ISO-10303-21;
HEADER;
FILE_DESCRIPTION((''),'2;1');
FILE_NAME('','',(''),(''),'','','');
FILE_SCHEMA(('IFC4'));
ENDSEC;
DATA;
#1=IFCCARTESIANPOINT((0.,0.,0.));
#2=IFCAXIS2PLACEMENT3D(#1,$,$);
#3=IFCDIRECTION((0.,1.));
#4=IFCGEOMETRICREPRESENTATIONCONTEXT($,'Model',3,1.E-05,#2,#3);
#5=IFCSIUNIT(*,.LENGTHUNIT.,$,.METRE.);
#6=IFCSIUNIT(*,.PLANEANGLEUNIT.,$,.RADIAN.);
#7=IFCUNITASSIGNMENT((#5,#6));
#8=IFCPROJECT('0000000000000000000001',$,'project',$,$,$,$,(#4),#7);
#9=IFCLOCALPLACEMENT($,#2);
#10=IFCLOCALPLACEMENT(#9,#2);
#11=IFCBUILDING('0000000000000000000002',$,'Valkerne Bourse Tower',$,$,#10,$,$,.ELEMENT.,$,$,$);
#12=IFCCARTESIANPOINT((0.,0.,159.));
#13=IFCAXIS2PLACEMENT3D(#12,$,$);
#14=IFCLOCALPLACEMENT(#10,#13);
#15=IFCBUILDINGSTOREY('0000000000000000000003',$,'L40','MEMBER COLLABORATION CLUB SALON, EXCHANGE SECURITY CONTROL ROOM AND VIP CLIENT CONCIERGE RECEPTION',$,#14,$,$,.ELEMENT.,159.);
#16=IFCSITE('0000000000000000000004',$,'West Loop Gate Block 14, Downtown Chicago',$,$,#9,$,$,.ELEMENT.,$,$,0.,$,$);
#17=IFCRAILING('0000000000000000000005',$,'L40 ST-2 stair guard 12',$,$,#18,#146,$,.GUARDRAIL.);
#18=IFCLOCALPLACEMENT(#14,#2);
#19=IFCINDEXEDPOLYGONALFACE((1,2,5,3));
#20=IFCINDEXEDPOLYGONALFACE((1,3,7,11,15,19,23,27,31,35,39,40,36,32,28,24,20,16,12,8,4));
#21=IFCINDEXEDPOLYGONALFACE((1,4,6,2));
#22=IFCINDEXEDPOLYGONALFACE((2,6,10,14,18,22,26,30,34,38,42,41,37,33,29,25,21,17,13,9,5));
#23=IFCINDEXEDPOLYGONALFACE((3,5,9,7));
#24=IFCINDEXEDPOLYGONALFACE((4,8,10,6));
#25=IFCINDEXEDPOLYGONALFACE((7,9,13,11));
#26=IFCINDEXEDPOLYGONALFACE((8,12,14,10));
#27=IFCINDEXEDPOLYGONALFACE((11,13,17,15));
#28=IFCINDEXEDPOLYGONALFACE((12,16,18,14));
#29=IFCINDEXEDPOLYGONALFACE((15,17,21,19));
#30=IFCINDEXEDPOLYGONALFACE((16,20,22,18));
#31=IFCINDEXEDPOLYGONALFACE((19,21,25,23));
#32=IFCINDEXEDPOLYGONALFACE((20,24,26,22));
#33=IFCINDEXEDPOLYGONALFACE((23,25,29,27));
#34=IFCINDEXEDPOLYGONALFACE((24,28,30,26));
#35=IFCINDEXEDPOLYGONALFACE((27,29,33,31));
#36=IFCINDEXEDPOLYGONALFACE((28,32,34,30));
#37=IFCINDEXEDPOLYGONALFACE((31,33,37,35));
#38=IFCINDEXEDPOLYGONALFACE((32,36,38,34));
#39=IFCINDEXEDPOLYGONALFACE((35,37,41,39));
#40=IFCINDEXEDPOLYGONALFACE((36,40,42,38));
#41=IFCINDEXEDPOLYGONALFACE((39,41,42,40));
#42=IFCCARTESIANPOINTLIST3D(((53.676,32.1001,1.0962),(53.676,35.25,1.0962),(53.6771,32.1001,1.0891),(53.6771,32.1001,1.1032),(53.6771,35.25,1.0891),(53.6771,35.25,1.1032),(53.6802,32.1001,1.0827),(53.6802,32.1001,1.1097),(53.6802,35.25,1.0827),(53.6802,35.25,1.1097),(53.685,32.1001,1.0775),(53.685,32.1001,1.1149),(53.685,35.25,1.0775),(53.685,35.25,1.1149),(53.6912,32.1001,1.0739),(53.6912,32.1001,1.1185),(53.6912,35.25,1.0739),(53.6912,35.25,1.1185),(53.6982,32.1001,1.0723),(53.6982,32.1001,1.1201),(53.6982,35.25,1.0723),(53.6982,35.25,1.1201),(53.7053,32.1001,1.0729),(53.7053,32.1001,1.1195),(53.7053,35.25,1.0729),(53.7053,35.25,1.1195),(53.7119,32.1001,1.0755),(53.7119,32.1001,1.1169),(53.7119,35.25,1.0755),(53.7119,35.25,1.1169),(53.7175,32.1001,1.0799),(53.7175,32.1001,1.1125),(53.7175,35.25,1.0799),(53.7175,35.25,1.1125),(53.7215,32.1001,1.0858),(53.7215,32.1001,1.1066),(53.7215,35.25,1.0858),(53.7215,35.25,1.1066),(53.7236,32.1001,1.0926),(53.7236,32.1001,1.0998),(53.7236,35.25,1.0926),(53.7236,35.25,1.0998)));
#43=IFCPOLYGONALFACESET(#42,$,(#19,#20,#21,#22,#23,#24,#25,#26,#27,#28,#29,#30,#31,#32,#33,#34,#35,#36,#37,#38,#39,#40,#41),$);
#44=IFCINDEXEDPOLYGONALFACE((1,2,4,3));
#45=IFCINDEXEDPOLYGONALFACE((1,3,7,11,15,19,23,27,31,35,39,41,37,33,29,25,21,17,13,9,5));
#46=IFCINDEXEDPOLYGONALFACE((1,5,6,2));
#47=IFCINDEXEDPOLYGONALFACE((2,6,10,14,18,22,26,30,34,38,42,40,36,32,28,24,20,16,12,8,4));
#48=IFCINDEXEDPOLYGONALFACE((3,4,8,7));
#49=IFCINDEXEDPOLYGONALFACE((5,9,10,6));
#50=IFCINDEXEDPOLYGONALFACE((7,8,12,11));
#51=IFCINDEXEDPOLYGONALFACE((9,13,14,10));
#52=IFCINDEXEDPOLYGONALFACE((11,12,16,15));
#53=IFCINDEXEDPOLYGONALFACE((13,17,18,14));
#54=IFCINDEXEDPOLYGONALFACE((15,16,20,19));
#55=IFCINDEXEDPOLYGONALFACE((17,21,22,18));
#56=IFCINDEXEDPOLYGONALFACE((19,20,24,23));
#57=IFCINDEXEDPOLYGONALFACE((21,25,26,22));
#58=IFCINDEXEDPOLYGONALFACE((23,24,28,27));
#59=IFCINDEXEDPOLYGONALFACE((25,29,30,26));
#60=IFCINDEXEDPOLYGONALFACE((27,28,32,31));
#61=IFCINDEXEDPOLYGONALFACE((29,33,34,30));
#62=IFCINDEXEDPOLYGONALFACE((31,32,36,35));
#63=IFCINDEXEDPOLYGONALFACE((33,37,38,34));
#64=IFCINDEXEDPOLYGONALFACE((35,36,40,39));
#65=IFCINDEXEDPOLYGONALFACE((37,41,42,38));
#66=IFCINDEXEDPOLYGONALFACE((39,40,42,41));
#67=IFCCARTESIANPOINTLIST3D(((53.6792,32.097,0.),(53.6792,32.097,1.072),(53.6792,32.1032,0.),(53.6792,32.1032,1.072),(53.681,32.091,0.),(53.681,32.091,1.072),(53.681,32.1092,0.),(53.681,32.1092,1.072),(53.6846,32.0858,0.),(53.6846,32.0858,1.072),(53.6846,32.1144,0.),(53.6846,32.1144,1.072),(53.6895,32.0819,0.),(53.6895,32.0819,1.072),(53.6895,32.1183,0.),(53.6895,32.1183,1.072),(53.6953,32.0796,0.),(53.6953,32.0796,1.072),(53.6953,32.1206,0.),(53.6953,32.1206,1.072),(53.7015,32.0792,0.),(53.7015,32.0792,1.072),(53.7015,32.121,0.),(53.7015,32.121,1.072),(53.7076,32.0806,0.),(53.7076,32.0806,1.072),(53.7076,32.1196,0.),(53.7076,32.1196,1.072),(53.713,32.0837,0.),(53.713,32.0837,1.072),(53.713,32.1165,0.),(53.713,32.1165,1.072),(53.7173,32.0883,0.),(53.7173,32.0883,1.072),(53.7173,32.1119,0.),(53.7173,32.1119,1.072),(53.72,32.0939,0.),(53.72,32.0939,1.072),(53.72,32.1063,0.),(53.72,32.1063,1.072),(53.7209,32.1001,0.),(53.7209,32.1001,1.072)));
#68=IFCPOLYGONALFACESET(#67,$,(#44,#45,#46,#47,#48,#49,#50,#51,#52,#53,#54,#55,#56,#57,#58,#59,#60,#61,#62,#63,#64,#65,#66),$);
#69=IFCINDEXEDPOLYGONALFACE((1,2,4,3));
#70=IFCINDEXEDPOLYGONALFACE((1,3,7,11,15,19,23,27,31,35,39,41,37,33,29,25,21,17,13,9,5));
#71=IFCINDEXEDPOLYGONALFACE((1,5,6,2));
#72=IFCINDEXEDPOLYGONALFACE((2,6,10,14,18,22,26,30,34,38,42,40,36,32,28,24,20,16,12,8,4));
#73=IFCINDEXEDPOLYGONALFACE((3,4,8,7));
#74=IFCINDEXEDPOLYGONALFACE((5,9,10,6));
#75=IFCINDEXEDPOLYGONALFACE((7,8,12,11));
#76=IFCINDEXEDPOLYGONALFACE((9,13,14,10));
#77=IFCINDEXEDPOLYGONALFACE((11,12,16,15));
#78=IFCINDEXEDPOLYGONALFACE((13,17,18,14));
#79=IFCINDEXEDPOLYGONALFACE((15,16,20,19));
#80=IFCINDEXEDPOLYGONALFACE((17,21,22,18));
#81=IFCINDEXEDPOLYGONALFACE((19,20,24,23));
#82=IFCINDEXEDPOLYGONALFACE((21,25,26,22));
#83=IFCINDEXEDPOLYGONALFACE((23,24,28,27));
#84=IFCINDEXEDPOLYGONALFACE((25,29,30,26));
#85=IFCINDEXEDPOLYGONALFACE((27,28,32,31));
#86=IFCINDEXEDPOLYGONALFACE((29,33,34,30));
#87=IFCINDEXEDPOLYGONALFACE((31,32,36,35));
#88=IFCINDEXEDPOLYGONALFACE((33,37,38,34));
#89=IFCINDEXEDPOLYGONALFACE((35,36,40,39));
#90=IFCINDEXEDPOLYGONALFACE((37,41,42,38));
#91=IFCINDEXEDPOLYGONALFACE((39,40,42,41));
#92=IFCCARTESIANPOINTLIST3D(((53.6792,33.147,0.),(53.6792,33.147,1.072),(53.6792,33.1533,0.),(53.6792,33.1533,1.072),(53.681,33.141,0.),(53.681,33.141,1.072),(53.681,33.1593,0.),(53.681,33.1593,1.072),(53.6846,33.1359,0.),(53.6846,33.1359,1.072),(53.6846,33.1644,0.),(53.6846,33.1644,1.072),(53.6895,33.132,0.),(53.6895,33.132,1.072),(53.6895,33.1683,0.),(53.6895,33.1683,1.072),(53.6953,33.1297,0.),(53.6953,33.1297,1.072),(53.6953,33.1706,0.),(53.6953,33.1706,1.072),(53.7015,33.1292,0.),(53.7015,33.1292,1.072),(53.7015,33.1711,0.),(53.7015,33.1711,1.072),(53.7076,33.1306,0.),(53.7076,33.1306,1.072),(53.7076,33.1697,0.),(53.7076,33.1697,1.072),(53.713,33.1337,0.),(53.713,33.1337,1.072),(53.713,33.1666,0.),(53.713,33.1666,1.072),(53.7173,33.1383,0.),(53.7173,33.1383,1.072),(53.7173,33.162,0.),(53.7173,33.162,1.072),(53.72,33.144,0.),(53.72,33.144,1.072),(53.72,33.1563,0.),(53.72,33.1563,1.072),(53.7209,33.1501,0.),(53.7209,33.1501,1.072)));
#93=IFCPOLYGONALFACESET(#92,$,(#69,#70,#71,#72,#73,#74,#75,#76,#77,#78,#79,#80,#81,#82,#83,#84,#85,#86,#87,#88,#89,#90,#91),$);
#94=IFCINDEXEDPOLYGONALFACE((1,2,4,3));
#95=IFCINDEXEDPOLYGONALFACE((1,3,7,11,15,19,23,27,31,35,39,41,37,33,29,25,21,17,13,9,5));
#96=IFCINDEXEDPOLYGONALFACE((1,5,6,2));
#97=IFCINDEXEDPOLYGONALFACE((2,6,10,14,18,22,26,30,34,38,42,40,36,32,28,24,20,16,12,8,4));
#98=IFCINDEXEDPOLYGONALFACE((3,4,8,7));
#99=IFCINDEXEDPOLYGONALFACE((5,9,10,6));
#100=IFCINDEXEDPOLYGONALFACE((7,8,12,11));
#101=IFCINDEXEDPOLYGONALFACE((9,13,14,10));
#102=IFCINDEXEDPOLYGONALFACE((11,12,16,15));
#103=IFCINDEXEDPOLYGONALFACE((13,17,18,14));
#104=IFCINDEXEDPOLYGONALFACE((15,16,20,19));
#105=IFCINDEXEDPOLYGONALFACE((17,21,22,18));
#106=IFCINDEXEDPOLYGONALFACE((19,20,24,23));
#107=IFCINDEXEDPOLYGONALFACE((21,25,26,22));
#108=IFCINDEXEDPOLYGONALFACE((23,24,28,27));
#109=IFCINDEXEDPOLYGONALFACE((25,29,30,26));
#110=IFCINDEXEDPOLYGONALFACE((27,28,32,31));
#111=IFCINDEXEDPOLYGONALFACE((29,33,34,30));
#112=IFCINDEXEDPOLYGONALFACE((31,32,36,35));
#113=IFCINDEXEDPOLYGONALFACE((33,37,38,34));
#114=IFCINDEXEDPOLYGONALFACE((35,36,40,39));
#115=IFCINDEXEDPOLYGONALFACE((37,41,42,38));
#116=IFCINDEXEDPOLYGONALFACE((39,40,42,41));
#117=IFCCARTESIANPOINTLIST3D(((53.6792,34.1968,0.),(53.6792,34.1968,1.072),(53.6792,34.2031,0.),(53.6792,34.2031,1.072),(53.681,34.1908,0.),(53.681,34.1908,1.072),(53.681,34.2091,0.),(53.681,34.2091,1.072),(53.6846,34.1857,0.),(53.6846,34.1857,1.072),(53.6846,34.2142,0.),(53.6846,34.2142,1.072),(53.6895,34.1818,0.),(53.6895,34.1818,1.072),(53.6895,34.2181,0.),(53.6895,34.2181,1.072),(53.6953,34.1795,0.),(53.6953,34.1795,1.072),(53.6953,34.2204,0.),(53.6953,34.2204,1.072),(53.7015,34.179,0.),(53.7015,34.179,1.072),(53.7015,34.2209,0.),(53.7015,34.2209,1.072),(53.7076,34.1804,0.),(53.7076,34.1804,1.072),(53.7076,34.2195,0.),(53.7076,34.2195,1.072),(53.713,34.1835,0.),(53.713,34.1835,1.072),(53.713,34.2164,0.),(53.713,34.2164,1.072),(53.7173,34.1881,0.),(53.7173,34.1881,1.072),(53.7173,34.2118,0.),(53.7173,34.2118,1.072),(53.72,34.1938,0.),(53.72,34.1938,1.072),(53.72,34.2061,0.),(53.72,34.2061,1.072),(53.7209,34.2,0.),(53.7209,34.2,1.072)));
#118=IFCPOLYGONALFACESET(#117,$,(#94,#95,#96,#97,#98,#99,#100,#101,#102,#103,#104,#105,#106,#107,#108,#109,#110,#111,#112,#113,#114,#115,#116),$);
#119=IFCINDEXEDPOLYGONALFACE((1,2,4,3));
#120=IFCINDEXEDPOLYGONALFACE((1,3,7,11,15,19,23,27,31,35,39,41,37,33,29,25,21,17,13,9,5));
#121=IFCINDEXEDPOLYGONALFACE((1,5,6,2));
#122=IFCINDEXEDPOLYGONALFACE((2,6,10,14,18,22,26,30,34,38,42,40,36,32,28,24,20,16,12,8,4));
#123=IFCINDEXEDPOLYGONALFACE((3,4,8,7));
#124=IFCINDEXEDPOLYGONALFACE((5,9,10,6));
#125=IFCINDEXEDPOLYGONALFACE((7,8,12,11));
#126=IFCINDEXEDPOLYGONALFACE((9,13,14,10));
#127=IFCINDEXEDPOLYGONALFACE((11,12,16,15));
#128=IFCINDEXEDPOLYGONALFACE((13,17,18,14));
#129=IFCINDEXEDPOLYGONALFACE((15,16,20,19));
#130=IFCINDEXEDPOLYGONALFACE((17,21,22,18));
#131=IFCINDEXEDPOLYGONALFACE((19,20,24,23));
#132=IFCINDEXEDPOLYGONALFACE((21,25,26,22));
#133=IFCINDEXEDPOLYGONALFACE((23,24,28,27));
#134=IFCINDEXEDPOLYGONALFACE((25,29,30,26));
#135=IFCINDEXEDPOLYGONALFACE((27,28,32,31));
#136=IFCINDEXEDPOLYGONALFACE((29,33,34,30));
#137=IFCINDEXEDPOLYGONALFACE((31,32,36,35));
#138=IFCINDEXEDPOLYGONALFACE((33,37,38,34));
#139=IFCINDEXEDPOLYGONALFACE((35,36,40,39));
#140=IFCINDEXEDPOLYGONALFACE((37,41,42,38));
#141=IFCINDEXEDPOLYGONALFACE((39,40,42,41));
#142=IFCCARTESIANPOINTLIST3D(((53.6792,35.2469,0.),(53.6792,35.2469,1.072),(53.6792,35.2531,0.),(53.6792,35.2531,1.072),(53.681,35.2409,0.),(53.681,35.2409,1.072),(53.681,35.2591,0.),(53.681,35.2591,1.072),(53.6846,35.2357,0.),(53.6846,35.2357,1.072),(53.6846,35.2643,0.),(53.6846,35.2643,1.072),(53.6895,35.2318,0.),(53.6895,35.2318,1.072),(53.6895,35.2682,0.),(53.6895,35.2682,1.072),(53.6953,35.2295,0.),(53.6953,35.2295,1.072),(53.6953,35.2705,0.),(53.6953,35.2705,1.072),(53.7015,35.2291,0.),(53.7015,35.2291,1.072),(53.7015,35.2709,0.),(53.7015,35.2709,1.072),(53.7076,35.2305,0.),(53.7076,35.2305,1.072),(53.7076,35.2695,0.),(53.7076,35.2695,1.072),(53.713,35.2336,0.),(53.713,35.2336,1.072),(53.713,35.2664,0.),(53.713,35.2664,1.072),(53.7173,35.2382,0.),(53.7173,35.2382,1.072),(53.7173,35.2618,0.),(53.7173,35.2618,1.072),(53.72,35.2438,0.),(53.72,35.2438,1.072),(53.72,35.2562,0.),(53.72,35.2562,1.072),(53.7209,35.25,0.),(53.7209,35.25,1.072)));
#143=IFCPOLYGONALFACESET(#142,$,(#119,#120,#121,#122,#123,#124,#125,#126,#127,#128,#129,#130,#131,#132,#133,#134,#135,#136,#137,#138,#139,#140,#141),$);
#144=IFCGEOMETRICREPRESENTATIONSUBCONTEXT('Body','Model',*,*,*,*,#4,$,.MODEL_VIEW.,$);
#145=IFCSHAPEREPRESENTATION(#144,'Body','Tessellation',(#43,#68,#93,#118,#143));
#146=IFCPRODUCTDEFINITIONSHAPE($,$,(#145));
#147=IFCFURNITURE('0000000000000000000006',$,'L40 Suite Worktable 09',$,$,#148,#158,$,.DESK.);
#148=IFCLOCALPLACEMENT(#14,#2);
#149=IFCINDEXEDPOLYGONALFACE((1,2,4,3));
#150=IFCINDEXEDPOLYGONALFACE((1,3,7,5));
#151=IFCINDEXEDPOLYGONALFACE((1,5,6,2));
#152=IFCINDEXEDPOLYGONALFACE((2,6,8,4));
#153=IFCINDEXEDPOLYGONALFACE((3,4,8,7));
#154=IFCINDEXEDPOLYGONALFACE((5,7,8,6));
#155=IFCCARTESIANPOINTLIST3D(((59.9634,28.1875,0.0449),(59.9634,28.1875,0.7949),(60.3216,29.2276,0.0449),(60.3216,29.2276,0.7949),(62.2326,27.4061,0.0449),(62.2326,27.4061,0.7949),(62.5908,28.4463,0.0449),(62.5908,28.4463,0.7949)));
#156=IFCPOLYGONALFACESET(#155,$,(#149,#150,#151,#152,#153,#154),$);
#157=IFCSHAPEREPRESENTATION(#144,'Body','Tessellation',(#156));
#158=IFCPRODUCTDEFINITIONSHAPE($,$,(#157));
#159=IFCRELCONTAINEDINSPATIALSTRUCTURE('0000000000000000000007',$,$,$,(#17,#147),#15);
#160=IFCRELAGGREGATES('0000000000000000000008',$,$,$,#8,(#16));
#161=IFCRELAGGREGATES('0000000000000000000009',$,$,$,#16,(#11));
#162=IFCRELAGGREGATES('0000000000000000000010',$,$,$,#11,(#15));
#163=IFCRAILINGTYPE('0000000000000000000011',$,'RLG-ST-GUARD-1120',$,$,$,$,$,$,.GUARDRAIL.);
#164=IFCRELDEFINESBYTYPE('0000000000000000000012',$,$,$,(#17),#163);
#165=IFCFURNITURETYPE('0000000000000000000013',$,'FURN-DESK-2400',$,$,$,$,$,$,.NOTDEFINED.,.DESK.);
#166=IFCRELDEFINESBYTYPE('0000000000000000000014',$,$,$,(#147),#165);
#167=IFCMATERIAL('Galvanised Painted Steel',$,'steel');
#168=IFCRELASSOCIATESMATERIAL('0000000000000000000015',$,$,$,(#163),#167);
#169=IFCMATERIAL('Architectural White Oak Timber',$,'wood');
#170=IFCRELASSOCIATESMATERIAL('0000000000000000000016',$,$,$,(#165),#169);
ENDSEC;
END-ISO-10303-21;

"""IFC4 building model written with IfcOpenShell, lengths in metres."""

from ifc_helpers import new_model, si_unit, direction, frame, origin, origin_2d, place, context, subcontext, project, spatial, rectangle, circle, extrude, material, type_object, element, save


model = new_model("IFC4")

# Units and contexts
model_context = context("Model", 3, precision=1e-05, world=origin(), true_north=direction((0.0, 1.0)))
body_context = subcontext(model_context, "Body", "Model", "MODEL_VIEW")
ifc_project = project(units=[si_unit("LENGTHUNIT", "METRE"), si_unit("PLANEANGLEUNIT", "RADIAN")], contexts=[model_context])

# Site, building, storey
site_placement = place(None, origin())
site = spatial("IfcSite", under=ifc_project, at=site_placement, Name="West Loop Gate Block 14, Downtown Chicago", CompositionType="ELEMENT", RefElevation=0.0)
building_placement = place(site_placement, origin())
building = spatial("IfcBuilding", under=site, at=building_placement, Name="Valkerne Bourse Tower", CompositionType="ELEMENT")
storey_placement = place(building_placement, frame((0.0, 0.0, 159.0)))
storey = spatial("IfcBuildingStorey", under=building, at=storey_placement, Name="L40", Description="MEMBER COLLABORATION CLUB SALON, EXCHANGE SECURITY CONTROL ROOM AND VIP CLIENT CONCIERGE RECEPTION", CompositionType="ELEMENT", Elevation=159.0)

# Railing
ifc_material_1 = material(Name="Galvanised Painted Steel", Category="steel")
railing_type = type_object("IfcRailingType", Name="RLG-ST-GUARD-1120", PredefinedType="GUARDRAIL", material=ifc_material_1)
railing_1_placement = place(storey_placement, frame((53.7, 32.1001, 0.0)))
element("IfcRailing", 1, at=railing_1_placement, inside=storey, type_object=railing_type, Name="L40 ST-2 stair guard 12", PredefinedType="GUARDRAIL", context=body_context, shape_type="SweptSolid", body=[
    extrude(circle(Radius=0.0239, at=origin_2d()), frame((0.0, 0.0, 1.0962), z_axis=(0.0, 1.0, 0.0), x_axis=(-1.0, 0.0, 0.0)), (0.0, 0.0, 1.0), 3.1499),
    extrude(circle(Radius=0.021, at=origin_2d()), origin(), (0.0, 0.0, 1.0), 1.072),
    extrude(circle(Radius=0.021, at=origin_2d()), frame((0.0, 1.05, 0.0)), (0.0, 0.0, 1.0), 1.072),
    extrude(circle(Radius=0.021, at=origin_2d()), frame((0.0, 2.0999, 0.0)), (0.0, 0.0, 1.0), 1.072),
    extrude(circle(Radius=0.021, at=origin_2d()), frame((0.0, 3.1499, 0.0)), (0.0, 0.0, 1.0), 1.072),
])

# Furniture
ifc_material_2 = material(Name="Architectural White Oak Timber", Category="wood")
furniture_type = type_object("IfcFurnitureType", Name="FURN-DESK-2400", AssemblyPlace="NOTDEFINED", PredefinedType="DESK", material=ifc_material_2)
furniture_placement = place(storey_placement, frame((61.2771, 28.3169, 0.0449), z_axis=(0.0, 0.0, 1.0), x_axis=(-0.945519, 0.325568, 0.0)))
element("IfcFurniture", 2, at=furniture_placement, inside=storey, type_object=furniture_type, Name="L40 Suite Worktable 09", PredefinedType="DESK", context=body_context, shape_type="SweptSolid", body=[
    extrude(rectangle(XDim=2.3999, YDim=1.1001, at=origin_2d()), origin(), (0.0, 0.0, 1.0), 0.75),
])

save(model, "model.ifc")
